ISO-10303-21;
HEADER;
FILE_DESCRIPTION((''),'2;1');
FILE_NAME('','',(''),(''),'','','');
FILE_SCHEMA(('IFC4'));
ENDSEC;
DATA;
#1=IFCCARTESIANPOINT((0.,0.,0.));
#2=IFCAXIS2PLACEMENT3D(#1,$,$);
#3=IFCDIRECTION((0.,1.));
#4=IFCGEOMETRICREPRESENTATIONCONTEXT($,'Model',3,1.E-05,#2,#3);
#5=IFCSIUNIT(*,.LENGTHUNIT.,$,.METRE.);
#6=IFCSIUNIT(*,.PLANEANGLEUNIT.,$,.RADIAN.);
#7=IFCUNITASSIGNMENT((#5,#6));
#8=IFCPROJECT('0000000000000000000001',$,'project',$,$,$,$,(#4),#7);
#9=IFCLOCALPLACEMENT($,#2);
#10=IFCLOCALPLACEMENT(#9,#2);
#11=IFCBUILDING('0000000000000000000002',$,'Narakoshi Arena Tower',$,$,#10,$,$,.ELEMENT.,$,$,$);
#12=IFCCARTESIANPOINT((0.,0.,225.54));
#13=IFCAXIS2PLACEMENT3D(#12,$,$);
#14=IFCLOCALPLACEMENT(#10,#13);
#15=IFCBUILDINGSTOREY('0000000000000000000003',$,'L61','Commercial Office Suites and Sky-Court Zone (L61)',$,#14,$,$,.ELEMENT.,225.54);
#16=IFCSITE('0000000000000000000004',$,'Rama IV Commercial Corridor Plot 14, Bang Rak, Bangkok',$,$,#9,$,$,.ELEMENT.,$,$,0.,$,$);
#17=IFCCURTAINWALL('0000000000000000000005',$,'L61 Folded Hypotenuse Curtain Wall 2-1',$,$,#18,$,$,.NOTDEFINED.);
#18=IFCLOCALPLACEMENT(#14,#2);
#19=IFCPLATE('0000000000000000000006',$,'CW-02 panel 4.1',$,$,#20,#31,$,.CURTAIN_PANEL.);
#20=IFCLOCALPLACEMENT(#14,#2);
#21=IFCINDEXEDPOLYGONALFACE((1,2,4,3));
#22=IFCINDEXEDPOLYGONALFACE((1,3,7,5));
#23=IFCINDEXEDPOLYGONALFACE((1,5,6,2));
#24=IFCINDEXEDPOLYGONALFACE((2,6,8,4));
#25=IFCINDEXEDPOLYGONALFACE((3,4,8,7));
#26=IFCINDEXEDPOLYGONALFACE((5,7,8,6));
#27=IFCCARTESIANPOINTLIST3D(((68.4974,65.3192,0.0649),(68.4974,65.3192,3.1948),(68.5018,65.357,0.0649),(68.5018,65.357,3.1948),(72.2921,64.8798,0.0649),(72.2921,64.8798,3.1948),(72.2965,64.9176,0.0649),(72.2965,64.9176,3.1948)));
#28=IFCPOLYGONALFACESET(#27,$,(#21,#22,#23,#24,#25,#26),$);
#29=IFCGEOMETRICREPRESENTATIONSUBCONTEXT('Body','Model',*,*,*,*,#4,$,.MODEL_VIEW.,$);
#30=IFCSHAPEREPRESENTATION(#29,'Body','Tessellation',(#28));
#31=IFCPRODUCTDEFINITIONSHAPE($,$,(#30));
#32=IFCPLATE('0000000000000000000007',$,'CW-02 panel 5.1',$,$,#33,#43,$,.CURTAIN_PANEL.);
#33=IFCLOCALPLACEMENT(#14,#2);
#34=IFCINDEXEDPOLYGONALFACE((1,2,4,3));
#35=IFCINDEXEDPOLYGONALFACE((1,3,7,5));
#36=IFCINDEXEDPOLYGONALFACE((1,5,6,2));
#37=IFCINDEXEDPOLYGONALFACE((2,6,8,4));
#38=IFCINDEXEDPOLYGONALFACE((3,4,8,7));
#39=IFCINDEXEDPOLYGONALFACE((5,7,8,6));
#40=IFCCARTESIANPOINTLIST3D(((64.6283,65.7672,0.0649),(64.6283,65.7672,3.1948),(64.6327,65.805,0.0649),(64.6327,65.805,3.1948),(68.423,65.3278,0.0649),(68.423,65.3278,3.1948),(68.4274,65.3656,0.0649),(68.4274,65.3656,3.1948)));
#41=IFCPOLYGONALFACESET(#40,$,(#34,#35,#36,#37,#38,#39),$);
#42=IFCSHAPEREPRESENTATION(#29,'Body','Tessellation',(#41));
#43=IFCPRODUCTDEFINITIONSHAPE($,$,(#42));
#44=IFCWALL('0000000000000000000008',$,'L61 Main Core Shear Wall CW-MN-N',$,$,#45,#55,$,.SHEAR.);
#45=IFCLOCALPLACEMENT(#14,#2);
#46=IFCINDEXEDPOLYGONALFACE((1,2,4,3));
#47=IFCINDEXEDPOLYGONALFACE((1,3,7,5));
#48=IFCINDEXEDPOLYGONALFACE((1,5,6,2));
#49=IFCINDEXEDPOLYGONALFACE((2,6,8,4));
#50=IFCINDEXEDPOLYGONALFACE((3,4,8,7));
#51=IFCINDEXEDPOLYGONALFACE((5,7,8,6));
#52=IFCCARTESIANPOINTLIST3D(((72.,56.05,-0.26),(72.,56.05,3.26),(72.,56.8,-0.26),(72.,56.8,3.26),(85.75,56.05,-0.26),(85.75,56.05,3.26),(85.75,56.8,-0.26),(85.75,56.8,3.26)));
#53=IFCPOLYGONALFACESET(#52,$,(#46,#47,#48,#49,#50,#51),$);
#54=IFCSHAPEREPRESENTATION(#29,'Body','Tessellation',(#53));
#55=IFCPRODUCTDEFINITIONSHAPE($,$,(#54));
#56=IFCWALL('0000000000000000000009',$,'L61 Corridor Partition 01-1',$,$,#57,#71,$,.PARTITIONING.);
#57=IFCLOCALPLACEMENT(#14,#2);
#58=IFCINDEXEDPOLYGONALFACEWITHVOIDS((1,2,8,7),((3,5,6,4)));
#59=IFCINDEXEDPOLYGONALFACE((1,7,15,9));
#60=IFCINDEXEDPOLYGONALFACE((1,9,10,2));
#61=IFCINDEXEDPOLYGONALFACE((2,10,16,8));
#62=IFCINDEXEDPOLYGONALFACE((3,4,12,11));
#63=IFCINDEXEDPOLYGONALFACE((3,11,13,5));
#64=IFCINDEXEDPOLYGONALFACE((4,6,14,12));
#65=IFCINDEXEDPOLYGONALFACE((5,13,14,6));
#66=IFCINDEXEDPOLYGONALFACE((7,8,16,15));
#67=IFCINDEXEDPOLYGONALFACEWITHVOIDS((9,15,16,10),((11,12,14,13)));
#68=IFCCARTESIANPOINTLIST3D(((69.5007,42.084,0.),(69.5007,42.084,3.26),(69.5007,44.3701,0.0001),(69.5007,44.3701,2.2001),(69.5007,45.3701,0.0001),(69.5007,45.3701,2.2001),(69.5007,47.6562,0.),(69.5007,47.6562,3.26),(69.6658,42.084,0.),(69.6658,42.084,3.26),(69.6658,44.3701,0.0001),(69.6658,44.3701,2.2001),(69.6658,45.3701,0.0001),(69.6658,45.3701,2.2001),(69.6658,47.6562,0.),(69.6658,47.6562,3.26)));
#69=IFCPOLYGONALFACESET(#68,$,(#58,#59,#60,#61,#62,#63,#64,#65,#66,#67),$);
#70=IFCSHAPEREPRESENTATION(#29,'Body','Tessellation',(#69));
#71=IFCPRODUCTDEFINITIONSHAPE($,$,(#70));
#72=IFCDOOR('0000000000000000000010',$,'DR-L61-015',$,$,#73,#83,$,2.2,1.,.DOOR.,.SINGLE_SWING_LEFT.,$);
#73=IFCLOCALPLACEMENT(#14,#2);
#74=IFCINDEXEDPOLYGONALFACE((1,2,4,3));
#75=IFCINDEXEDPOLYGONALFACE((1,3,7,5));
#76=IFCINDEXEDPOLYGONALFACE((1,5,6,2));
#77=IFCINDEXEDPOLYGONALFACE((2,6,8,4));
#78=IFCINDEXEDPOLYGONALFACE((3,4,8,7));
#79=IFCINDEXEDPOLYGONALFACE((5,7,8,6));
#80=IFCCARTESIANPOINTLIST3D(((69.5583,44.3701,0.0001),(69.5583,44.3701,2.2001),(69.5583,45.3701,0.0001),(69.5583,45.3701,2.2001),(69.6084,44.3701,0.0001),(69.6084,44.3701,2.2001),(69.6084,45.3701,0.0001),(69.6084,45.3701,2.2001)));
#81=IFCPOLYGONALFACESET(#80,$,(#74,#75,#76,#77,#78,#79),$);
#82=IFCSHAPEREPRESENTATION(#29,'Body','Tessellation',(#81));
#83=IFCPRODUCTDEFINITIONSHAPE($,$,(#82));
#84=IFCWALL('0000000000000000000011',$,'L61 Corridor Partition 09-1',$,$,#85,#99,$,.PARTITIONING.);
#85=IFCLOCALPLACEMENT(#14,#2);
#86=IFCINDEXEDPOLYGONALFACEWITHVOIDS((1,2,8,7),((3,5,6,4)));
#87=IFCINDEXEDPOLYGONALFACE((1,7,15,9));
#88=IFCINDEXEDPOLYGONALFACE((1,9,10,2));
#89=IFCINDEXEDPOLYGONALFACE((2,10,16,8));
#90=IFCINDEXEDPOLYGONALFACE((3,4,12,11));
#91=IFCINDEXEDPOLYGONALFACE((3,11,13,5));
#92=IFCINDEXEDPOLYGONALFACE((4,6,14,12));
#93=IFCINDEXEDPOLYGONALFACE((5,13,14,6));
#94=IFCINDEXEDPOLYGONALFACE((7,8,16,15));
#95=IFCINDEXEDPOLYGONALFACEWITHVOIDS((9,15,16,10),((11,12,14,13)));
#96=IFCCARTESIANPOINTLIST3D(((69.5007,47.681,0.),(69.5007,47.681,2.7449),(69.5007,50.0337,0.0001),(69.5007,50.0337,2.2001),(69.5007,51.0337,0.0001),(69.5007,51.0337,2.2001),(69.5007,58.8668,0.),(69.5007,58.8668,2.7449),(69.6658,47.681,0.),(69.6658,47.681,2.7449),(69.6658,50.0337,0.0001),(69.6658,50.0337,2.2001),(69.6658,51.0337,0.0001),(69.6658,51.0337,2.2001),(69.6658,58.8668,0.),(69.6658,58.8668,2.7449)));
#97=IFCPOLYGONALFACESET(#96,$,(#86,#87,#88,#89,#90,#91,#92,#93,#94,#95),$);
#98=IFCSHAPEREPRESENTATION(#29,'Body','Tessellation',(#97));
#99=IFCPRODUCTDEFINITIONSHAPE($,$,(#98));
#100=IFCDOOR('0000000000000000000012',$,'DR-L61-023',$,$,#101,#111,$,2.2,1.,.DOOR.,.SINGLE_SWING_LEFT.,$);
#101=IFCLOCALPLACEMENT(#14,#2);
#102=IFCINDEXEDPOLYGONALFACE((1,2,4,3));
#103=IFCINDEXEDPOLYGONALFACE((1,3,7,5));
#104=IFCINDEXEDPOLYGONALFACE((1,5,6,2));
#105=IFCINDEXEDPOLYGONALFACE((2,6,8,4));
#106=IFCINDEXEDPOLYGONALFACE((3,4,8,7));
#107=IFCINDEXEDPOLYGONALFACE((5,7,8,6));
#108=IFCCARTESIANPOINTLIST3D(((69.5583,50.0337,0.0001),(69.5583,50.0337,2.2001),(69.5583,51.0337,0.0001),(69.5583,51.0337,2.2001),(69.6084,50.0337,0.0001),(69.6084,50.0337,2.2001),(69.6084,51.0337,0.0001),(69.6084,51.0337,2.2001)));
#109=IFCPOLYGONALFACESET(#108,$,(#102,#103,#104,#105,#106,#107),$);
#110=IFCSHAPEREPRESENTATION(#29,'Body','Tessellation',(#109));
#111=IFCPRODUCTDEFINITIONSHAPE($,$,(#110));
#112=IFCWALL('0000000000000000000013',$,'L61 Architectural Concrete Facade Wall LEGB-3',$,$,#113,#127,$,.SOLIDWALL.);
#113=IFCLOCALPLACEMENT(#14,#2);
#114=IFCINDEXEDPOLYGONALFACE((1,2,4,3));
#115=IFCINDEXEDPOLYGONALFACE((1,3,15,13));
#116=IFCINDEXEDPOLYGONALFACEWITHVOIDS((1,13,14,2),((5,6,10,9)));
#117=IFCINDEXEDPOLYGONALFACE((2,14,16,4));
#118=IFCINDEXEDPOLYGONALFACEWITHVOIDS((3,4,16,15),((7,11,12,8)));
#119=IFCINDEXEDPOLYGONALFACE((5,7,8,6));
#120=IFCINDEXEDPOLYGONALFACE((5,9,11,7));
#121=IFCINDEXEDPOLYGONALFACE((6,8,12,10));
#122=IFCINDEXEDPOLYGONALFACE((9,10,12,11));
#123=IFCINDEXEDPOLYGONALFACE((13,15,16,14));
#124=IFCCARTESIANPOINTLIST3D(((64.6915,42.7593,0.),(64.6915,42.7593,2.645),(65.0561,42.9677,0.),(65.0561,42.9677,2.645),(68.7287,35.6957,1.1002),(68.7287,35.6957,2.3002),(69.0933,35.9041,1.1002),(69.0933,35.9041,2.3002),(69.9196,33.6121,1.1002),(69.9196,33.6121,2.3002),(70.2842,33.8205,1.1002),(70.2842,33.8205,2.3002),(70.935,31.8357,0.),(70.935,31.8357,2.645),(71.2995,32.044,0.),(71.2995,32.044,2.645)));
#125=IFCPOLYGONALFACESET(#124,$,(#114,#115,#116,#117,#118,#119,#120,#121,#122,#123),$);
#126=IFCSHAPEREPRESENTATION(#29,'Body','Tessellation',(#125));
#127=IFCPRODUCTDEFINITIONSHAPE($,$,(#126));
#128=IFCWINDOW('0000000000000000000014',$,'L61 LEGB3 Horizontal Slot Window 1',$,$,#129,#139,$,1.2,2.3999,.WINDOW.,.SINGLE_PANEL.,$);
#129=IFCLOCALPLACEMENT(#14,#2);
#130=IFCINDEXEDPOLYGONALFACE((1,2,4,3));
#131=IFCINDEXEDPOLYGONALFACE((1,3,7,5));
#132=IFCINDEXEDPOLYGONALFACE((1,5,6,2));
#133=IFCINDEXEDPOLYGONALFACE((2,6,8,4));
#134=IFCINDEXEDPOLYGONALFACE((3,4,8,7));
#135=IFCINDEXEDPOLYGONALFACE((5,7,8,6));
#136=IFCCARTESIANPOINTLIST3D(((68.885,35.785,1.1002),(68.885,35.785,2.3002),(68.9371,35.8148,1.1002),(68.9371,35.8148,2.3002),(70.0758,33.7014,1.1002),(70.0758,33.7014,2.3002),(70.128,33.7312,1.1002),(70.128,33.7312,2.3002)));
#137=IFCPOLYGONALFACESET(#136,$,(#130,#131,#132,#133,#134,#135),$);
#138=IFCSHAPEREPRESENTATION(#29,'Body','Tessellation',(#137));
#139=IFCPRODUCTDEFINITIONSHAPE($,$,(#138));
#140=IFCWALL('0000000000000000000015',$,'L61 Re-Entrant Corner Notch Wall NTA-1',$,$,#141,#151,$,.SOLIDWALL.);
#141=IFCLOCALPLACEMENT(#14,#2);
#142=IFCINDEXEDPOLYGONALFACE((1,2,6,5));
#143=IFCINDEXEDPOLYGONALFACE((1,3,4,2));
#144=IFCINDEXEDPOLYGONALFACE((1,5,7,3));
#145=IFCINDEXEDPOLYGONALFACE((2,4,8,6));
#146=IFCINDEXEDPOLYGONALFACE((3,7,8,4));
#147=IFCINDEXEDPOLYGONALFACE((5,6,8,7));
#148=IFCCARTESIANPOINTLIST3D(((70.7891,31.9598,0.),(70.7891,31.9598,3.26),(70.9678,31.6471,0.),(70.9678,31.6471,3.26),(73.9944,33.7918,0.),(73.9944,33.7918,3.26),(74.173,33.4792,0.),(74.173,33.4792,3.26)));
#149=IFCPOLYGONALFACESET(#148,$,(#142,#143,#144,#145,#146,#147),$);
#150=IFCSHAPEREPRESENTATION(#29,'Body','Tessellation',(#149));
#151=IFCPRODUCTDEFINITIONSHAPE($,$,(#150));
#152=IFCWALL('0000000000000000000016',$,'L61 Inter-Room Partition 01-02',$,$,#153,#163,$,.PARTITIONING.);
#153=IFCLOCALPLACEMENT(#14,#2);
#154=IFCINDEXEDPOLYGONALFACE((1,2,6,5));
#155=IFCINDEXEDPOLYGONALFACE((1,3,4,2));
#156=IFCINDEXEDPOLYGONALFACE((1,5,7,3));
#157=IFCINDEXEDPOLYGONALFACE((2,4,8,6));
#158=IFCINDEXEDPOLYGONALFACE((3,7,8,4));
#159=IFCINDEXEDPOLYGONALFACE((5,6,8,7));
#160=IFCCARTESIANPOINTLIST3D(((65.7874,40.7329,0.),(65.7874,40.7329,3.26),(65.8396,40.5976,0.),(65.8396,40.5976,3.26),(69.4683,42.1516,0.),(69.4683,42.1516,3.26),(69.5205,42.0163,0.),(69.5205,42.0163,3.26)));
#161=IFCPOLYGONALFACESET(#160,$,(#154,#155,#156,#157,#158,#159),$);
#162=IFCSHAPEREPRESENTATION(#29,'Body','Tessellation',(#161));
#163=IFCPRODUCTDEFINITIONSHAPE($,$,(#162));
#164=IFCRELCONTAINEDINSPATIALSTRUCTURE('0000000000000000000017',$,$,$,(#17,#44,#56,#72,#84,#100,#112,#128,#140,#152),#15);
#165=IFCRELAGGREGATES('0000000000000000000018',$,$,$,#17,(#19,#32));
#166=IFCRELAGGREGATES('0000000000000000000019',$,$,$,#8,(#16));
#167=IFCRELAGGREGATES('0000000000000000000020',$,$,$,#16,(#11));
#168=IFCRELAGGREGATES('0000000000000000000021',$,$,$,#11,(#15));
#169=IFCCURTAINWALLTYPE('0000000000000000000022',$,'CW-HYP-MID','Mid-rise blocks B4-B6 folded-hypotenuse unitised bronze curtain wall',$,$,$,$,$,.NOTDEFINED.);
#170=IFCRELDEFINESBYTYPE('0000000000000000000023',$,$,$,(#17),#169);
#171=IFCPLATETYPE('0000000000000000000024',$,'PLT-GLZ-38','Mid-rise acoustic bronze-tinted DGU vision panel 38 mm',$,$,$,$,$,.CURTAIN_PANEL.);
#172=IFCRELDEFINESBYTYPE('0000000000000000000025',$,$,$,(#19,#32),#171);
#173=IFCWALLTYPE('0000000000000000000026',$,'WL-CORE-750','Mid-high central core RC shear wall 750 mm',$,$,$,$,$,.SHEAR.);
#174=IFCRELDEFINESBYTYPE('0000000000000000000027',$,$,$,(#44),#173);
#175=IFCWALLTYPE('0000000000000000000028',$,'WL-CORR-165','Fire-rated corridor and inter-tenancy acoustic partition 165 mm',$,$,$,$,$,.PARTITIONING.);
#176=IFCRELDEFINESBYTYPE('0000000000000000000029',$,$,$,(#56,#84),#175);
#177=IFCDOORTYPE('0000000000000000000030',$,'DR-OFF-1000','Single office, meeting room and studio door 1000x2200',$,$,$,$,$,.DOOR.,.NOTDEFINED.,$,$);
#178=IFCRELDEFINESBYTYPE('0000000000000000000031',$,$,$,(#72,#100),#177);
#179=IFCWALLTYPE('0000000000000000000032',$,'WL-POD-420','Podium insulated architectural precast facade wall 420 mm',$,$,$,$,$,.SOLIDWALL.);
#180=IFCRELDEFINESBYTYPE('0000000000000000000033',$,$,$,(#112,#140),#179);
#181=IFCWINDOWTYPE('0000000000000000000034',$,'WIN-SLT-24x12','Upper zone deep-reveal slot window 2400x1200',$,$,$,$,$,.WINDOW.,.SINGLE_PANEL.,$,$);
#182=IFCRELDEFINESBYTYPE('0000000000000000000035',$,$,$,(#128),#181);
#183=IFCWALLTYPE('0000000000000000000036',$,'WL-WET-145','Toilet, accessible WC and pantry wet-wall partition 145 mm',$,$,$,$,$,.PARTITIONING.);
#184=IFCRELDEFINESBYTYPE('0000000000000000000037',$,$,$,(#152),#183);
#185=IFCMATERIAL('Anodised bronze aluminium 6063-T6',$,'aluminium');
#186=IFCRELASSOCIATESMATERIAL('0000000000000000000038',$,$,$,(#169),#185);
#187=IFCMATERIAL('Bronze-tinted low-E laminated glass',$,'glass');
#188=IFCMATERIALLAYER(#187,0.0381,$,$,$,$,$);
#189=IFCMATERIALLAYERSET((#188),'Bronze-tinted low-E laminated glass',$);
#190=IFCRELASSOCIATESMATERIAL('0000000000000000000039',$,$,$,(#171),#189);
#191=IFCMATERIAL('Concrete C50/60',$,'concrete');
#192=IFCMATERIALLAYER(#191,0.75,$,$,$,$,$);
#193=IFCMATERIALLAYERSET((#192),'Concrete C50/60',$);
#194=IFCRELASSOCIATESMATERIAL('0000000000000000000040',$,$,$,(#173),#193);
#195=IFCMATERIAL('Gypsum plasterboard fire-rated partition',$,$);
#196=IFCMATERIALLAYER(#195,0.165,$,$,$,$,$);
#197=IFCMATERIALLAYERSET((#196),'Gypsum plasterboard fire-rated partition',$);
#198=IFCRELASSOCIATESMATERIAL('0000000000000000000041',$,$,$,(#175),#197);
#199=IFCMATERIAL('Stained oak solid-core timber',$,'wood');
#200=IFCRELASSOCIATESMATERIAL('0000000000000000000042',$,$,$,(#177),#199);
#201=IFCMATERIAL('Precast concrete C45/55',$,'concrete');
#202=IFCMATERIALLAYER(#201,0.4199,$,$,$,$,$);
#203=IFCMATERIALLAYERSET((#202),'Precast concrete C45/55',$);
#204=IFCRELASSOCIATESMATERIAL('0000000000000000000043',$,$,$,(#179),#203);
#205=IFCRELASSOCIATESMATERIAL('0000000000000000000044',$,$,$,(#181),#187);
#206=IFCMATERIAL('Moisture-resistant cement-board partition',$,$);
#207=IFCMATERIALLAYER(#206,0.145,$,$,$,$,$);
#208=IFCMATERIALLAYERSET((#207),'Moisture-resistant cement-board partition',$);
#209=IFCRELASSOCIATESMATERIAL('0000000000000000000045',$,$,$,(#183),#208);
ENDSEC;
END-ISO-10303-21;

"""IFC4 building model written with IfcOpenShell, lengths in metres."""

from ifc_helpers import new_model, si_unit, direction, frame, frame_2d, origin, origin_2d, place, context, subcontext, project, spatial, rectangle, extrude, material, layer, layer_set, type_object, element, fill, aggregate, save


model = new_model("IFC4")

# Units and contexts
model_context = context("Model", 3, precision=1e-05, world=origin(), true_north=direction((0.0, 1.0)))
body_context = subcontext(model_context, "Body", "Model", "MODEL_VIEW")
ifc_project = project(units=[si_unit("LENGTHUNIT", "METRE"), si_unit("PLANEANGLEUNIT", "RADIAN")], contexts=[model_context])

# Site, building, storey
site_placement = place(None, origin())
site = spatial("IfcSite", under=ifc_project, at=site_placement, Name="Rama IV Commercial Corridor Plot 14, Bang Rak, Bangkok", CompositionType="ELEMENT", RefElevation=0.0)
building_placement = place(site_placement, origin())
building = spatial("IfcBuilding", under=site, at=building_placement, Name="Narakoshi Arena Tower", CompositionType="ELEMENT")
storey_placement = place(building_placement, frame((0.0, 0.0, 225.54)))
storey = spatial("IfcBuildingStorey", under=building, at=storey_placement, Name="L61", Description="Commercial Office Suites and Sky-Court Zone (L61)", CompositionType="ELEMENT", Elevation=225.54)

# Shared definitions
ifc_material_1 = material(Name="Concrete C50/60", Category="concrete")

# Curtain wall, plates
ifc_material_2 = material(Name="Anodised bronze aluminium 6063-T6", Category="aluminium")
curtain_wall_type = type_object("IfcCurtainWallType", Name="CW-HYP-MID", Description="Mid-rise blocks B4-B6 folded-hypotenuse unitised bronze curtain wall", PredefinedType="NOTDEFINED", material=ifc_material_2)
curtain_wall_placement = place(storey_placement, origin())
curtain_wall = element("IfcCurtainWall", 1, at=curtain_wall_placement, inside=storey, type_object=curtain_wall_type, Name="L61 Folded Hypotenuse Curtain Wall 2-1", PredefinedType="NOTDEFINED")
ifc_material_3 = material(Name="Bronze-tinted low-E laminated glass", Category="glass")
ifc_layer_1 = layer(ifc_material_3, 0.0381)
ifc_layer_set_1 = layer_set([ifc_layer_1], Name="Bronze-tinted low-E laminated glass")
plate_type = type_object("IfcPlateType", Name="PLT-GLZ-38", Description="Mid-rise acoustic bronze-tinted DGU vision panel 38 mm", PredefinedType="CURTAIN_PANEL", material=ifc_layer_set_1)
plate_1_placement = place(storey_placement, frame((70.397, 65.1184, 0.0649), z_axis=(0.0, 0.0, 1.0), x_axis=(-0.993364, 0.115011, 0.0)))
plate_1 = element("IfcPlate", 2, at=plate_1_placement, type_object=plate_type, Name="CW-02 panel 4.1", PredefinedType="CURTAIN_PANEL", context=body_context, shape_type="SweptSolid", body=[
    extrude(rectangle(XDim=3.8201, YDim=0.0381, at=origin_2d()), origin(), (0.0, 0.0, 1.0), 3.1299),
])
plate_2_placement = place(storey_placement, frame((66.5278, 65.5664, 0.0649), z_axis=(0.0, 0.0, 1.0), x_axis=(-0.993364, 0.115011, 0.0)))
plate_2 = element("IfcPlate", 3, at=plate_2_placement, type_object=plate_type, Name="CW-02 panel 5.1", PredefinedType="CURTAIN_PANEL", context=body_context, shape_type="SweptSolid", body=[
    extrude(rectangle(XDim=3.8201, YDim=0.0381, at=origin_2d()), origin(), (0.0, 0.0, 1.0), 3.1299),
])
aggregate(curtain_wall, [plate_1, plate_2])

# Wall
ifc_layer_2 = layer(ifc_material_1, 0.75)
ifc_layer_set_2 = layer_set([ifc_layer_2], Name="Concrete C50/60")
wall_type_1 = type_object("IfcWallType", Name="WL-CORE-750", Description="Mid-high central core RC shear wall 750 mm", PredefinedType="SHEAR", material=ifc_layer_set_2)
wall_1_placement = place(storey_placement, frame((72.0, 56.425, -0.26), z_axis=(0.0, 0.0, 1.0), x_axis=(1.0, 0.0, 0.0)))
element("IfcWall", 4, at=wall_1_placement, inside=storey, type_object=wall_type_1, Name="L61 Main Core Shear Wall CW-MN-N", PredefinedType="SHEAR", context=body_context, shape_type="SweptSolid", body=[
    extrude(rectangle(XDim=13.75, YDim=0.75, at=frame_2d((6.875, 0.0))), origin(), (0.0, 0.0, 1.0), 3.52),
])

# Walls, openings, doors
ifc_material_4 = material(Name="Gypsum plasterboard fire-rated partition")
ifc_layer_3 = layer(ifc_material_4, 0.165)
ifc_layer_set_3 = layer_set([ifc_layer_3], Name="Gypsum plasterboard fire-rated partition")
wall_type_2 = type_object("IfcWallType", Name="WL-CORR-165", Description="Fire-rated corridor and inter-tenancy acoustic partition 165 mm", PredefinedType="PARTITIONING", material=ifc_layer_set_3)
wall_2_placement = place(storey_placement, frame((69.5833, 47.6562, 0.0), z_axis=(0.0, 0.0, 1.0), x_axis=(0.0, -1.0, 0.0)))
wall_2 = element("IfcWall", 5, at=wall_2_placement, inside=storey, type_object=wall_type_2, Name="L61 Corridor Partition 01-1", PredefinedType="PARTITIONING", context=body_context, shape_type="SweptSolid", body=[
    extrude(rectangle(XDim=5.5723, YDim=0.165, at=frame_2d((2.7861, 0.0))), origin(), (0.0, 0.0, 1.0), 3.26),
])
opening_1_placement = place(wall_2_placement, frame((2.2861, 0.0, 0.0)))
opening_1 = element("IfcOpeningElement", 6, at=opening_1_placement, cuts=wall_2, PredefinedType="OPENING", context=body_context, shape_type="SweptSolid", body=[
    extrude(rectangle(XDim=1.0, YDim=2.2, at=frame_2d((0.5, 1.1001))), frame((0.0, 0.0925, 0.0), z_axis=(0.0, -1.0, 0.0), x_axis=(1.0, 0.0, 0.0)), (0.0, 0.0, 1.0), 0.1851),
])
ifc_material_5 = material(Name="Stained oak solid-core timber", Category="wood")
door_type_1 = type_object("IfcDoorType", Name="DR-OFF-1000", Description="Single office, meeting room and studio door 1000x2200", OperationType="NOTDEFINED", PredefinedType="DOOR", material=ifc_material_5)
door_1_placement = place(opening_1_placement, frame((1.0, 0.0, 0.0), z_axis=(0.0, 0.0, 1.0), x_axis=(-1.0, 0.0, 0.0)))
door_1 = element("IfcDoor", 7, at=door_1_placement, inside=storey, type_object=door_type_1, Name="DR-L61-015", OperationType="SINGLE_SWING_LEFT", OverallHeight=2.2, OverallWidth=1.0, PredefinedType="DOOR", context=body_context, shape_type="SweptSolid", body=[
    extrude(rectangle(XDim=1.0, YDim=2.2, at=frame_2d((0.5, 1.1001))), frame((0.0, 0.0249, 0.0), z_axis=(0.0, -1.0, 0.0), x_axis=(1.0, 0.0, 0.0)), (0.0, 0.0, 1.0), 0.05),
])
fill(opening_1, door_1)
wall_3_placement = place(storey_placement, frame((69.5833, 58.8667, 0.0), z_axis=(0.0, 0.0, 1.0), x_axis=(0.0, -1.0, 0.0)))
wall_3 = element("IfcWall", 8, at=wall_3_placement, inside=storey, type_object=wall_type_2, Name="L61 Corridor Partition 09-1", PredefinedType="PARTITIONING", context=body_context, shape_type="SweptSolid", body=[
    extrude(rectangle(XDim=11.1858, YDim=0.165, at=frame_2d((5.5928, 0.0))), origin(), (0.0, 0.0, 1.0), 2.7449),
])
opening_2_placement = place(wall_3_placement, frame((7.833, 0.0, 0.0)))
opening_2 = element("IfcOpeningElement", 9, at=opening_2_placement, cuts=wall_3, PredefinedType="OPENING", context=body_context, shape_type="SweptSolid", body=[
    extrude(rectangle(XDim=1.0, YDim=2.2, at=frame_2d((0.5, 1.1001))), frame((0.0, 0.0925, 0.0), z_axis=(0.0, -1.0, 0.0), x_axis=(1.0, 0.0, 0.0)), (0.0, 0.0, 1.0), 0.1851),
])
door_2_placement = place(opening_2_placement, frame((1.0, 0.0, 0.0), z_axis=(0.0, 0.0, 1.0), x_axis=(-1.0, 0.0, 0.0)))
door_2 = element("IfcDoor", 10, at=door_2_placement, inside=storey, type_object=door_type_1, Name="DR-L61-023", OperationType="SINGLE_SWING_LEFT", OverallHeight=2.2, OverallWidth=1.0, PredefinedType="DOOR", context=body_context, shape_type="SweptSolid", body=[
    extrude(rectangle(XDim=1.0, YDim=2.2, at=frame_2d((0.5, 1.1001))), frame((0.0, 0.0249, 0.0), z_axis=(0.0, -1.0, 0.0), x_axis=(1.0, 0.0, 0.0)), (0.0, 0.0, 1.0), 0.05),
])
fill(opening_2, door_2)

# Wall, opening, window
ifc_material_6 = material(Name="Precast concrete C45/55", Category="concrete")
ifc_layer_4 = layer(ifc_material_6, 0.4199)
ifc_layer_set_4 = layer_set([ifc_layer_4], Name="Precast concrete C45/55")
wall_type_3 = type_object("IfcWallType", Name="WL-POD-420", Description="Podium insulated architectural precast facade wall 420 mm", PredefinedType="SOLIDWALL", material=ifc_layer_set_4)
wall_4_placement = place(storey_placement, frame((64.8738, 42.8635, 0.0), z_axis=(0.0, 0.0, 1.0), x_axis=(0.49622, -0.868197, 0.0)))
wall_4 = element("IfcWall", 11, at=wall_4_placement, inside=storey, type_object=wall_type_3, Name="L61 Architectural Concrete Facade Wall LEGB-3", PredefinedType="SOLIDWALL", context=body_context, shape_type="SweptSolid", body=[
    extrude(rectangle(XDim=12.582, YDim=0.4199, at=frame_2d((6.291, 0.0))), origin(), (0.0, 0.0, 1.0), 2.645),
])
opening_3_placement = place(wall_4_placement, frame((8.136, 0.0, 1.1001)))
opening_3 = element("IfcOpeningElement", 12, at=opening_3_placement, cuts=wall_4, PredefinedType="OPENING", context=body_context, shape_type="SweptSolid", body=[
    extrude(rectangle(XDim=2.3999, YDim=1.2, at=frame_2d((1.2, 0.6001))), frame((0.0, 0.22, 0.0), z_axis=(0.0, -1.0, 0.0), x_axis=(1.0, 0.0, 0.0)), (0.0, 0.0, 1.0), 0.4399),
])
window_type = type_object("IfcWindowType", Name="WIN-SLT-24x12", Description="Upper zone deep-reveal slot window 2400x1200", PartitioningType="SINGLE_PANEL", PredefinedType="WINDOW", material=ifc_material_3)
window_placement = place(opening_3_placement, origin())
window = element("IfcWindow", 13, at=window_placement, inside=storey, type_object=window_type, Name="L61 LEGB3 Horizontal Slot Window 1", OverallHeight=1.2, OverallWidth=2.3999, PartitioningType="SINGLE_PANEL", PredefinedType="WINDOW", context=body_context, shape_type="SweptSolid", body=[
    extrude(rectangle(XDim=2.3999, YDim=1.2, at=frame_2d((1.2, 0.6001))), frame((0.0, 0.03, 0.0), z_axis=(0.0, -1.0, 0.0), x_axis=(1.0, 0.0, 0.0)), (0.0, 0.0, 1.0), 0.0601),
])
fill(opening_3, window)

# Walls
wall_5_placement = place(storey_placement, frame((70.8784, 31.8035, 0.0), z_axis=(0.0, 0.0, 1.0), x_axis=(0.868194, 0.496224, 0.0)))
element("IfcWall", 14, at=wall_5_placement, inside=storey, type_object=wall_type_3, Name="L61 Re-Entrant Corner Notch Wall NTA-1", PredefinedType="SOLIDWALL", context=body_context, shape_type="SweptSolid", body=[
    extrude(rectangle(XDim=3.6919, YDim=0.3601, at=frame_2d((1.8459, 0.0))), origin(), (0.0, 0.0, 1.0), 3.26),
])
ifc_material_7 = material(Name="Moisture-resistant cement-board partition")
ifc_layer_5 = layer(ifc_material_7, 0.145)
ifc_layer_set_5 = layer_set([ifc_layer_5], Name="Moisture-resistant cement-board partition")
wall_type_4 = type_object("IfcWallType", Name="WL-WET-145", Description="Toilet, accessible WC and pantry wet-wall partition 145 mm", PredefinedType="PARTITIONING", material=ifc_layer_set_5)
wall_6_placement = place(storey_placement, frame((69.4944, 42.084, 0.0), z_axis=(0.0, 0.0, 1.0), x_axis=(-0.933093, -0.359634, 0.0)))
element("IfcWall", 15, at=wall_6_placement, inside=storey, type_object=wall_type_4, Name="L61 Inter-Room Partition 01-02", PredefinedType="PARTITIONING", context=body_context, shape_type="SweptSolid", body=[
    extrude(rectangle(XDim=3.9448, YDim=0.145, at=frame_2d((1.9724, 0.0))), origin(), (0.0, 0.0, 1.0), 3.26),
])

save(model, "model.ifc")
